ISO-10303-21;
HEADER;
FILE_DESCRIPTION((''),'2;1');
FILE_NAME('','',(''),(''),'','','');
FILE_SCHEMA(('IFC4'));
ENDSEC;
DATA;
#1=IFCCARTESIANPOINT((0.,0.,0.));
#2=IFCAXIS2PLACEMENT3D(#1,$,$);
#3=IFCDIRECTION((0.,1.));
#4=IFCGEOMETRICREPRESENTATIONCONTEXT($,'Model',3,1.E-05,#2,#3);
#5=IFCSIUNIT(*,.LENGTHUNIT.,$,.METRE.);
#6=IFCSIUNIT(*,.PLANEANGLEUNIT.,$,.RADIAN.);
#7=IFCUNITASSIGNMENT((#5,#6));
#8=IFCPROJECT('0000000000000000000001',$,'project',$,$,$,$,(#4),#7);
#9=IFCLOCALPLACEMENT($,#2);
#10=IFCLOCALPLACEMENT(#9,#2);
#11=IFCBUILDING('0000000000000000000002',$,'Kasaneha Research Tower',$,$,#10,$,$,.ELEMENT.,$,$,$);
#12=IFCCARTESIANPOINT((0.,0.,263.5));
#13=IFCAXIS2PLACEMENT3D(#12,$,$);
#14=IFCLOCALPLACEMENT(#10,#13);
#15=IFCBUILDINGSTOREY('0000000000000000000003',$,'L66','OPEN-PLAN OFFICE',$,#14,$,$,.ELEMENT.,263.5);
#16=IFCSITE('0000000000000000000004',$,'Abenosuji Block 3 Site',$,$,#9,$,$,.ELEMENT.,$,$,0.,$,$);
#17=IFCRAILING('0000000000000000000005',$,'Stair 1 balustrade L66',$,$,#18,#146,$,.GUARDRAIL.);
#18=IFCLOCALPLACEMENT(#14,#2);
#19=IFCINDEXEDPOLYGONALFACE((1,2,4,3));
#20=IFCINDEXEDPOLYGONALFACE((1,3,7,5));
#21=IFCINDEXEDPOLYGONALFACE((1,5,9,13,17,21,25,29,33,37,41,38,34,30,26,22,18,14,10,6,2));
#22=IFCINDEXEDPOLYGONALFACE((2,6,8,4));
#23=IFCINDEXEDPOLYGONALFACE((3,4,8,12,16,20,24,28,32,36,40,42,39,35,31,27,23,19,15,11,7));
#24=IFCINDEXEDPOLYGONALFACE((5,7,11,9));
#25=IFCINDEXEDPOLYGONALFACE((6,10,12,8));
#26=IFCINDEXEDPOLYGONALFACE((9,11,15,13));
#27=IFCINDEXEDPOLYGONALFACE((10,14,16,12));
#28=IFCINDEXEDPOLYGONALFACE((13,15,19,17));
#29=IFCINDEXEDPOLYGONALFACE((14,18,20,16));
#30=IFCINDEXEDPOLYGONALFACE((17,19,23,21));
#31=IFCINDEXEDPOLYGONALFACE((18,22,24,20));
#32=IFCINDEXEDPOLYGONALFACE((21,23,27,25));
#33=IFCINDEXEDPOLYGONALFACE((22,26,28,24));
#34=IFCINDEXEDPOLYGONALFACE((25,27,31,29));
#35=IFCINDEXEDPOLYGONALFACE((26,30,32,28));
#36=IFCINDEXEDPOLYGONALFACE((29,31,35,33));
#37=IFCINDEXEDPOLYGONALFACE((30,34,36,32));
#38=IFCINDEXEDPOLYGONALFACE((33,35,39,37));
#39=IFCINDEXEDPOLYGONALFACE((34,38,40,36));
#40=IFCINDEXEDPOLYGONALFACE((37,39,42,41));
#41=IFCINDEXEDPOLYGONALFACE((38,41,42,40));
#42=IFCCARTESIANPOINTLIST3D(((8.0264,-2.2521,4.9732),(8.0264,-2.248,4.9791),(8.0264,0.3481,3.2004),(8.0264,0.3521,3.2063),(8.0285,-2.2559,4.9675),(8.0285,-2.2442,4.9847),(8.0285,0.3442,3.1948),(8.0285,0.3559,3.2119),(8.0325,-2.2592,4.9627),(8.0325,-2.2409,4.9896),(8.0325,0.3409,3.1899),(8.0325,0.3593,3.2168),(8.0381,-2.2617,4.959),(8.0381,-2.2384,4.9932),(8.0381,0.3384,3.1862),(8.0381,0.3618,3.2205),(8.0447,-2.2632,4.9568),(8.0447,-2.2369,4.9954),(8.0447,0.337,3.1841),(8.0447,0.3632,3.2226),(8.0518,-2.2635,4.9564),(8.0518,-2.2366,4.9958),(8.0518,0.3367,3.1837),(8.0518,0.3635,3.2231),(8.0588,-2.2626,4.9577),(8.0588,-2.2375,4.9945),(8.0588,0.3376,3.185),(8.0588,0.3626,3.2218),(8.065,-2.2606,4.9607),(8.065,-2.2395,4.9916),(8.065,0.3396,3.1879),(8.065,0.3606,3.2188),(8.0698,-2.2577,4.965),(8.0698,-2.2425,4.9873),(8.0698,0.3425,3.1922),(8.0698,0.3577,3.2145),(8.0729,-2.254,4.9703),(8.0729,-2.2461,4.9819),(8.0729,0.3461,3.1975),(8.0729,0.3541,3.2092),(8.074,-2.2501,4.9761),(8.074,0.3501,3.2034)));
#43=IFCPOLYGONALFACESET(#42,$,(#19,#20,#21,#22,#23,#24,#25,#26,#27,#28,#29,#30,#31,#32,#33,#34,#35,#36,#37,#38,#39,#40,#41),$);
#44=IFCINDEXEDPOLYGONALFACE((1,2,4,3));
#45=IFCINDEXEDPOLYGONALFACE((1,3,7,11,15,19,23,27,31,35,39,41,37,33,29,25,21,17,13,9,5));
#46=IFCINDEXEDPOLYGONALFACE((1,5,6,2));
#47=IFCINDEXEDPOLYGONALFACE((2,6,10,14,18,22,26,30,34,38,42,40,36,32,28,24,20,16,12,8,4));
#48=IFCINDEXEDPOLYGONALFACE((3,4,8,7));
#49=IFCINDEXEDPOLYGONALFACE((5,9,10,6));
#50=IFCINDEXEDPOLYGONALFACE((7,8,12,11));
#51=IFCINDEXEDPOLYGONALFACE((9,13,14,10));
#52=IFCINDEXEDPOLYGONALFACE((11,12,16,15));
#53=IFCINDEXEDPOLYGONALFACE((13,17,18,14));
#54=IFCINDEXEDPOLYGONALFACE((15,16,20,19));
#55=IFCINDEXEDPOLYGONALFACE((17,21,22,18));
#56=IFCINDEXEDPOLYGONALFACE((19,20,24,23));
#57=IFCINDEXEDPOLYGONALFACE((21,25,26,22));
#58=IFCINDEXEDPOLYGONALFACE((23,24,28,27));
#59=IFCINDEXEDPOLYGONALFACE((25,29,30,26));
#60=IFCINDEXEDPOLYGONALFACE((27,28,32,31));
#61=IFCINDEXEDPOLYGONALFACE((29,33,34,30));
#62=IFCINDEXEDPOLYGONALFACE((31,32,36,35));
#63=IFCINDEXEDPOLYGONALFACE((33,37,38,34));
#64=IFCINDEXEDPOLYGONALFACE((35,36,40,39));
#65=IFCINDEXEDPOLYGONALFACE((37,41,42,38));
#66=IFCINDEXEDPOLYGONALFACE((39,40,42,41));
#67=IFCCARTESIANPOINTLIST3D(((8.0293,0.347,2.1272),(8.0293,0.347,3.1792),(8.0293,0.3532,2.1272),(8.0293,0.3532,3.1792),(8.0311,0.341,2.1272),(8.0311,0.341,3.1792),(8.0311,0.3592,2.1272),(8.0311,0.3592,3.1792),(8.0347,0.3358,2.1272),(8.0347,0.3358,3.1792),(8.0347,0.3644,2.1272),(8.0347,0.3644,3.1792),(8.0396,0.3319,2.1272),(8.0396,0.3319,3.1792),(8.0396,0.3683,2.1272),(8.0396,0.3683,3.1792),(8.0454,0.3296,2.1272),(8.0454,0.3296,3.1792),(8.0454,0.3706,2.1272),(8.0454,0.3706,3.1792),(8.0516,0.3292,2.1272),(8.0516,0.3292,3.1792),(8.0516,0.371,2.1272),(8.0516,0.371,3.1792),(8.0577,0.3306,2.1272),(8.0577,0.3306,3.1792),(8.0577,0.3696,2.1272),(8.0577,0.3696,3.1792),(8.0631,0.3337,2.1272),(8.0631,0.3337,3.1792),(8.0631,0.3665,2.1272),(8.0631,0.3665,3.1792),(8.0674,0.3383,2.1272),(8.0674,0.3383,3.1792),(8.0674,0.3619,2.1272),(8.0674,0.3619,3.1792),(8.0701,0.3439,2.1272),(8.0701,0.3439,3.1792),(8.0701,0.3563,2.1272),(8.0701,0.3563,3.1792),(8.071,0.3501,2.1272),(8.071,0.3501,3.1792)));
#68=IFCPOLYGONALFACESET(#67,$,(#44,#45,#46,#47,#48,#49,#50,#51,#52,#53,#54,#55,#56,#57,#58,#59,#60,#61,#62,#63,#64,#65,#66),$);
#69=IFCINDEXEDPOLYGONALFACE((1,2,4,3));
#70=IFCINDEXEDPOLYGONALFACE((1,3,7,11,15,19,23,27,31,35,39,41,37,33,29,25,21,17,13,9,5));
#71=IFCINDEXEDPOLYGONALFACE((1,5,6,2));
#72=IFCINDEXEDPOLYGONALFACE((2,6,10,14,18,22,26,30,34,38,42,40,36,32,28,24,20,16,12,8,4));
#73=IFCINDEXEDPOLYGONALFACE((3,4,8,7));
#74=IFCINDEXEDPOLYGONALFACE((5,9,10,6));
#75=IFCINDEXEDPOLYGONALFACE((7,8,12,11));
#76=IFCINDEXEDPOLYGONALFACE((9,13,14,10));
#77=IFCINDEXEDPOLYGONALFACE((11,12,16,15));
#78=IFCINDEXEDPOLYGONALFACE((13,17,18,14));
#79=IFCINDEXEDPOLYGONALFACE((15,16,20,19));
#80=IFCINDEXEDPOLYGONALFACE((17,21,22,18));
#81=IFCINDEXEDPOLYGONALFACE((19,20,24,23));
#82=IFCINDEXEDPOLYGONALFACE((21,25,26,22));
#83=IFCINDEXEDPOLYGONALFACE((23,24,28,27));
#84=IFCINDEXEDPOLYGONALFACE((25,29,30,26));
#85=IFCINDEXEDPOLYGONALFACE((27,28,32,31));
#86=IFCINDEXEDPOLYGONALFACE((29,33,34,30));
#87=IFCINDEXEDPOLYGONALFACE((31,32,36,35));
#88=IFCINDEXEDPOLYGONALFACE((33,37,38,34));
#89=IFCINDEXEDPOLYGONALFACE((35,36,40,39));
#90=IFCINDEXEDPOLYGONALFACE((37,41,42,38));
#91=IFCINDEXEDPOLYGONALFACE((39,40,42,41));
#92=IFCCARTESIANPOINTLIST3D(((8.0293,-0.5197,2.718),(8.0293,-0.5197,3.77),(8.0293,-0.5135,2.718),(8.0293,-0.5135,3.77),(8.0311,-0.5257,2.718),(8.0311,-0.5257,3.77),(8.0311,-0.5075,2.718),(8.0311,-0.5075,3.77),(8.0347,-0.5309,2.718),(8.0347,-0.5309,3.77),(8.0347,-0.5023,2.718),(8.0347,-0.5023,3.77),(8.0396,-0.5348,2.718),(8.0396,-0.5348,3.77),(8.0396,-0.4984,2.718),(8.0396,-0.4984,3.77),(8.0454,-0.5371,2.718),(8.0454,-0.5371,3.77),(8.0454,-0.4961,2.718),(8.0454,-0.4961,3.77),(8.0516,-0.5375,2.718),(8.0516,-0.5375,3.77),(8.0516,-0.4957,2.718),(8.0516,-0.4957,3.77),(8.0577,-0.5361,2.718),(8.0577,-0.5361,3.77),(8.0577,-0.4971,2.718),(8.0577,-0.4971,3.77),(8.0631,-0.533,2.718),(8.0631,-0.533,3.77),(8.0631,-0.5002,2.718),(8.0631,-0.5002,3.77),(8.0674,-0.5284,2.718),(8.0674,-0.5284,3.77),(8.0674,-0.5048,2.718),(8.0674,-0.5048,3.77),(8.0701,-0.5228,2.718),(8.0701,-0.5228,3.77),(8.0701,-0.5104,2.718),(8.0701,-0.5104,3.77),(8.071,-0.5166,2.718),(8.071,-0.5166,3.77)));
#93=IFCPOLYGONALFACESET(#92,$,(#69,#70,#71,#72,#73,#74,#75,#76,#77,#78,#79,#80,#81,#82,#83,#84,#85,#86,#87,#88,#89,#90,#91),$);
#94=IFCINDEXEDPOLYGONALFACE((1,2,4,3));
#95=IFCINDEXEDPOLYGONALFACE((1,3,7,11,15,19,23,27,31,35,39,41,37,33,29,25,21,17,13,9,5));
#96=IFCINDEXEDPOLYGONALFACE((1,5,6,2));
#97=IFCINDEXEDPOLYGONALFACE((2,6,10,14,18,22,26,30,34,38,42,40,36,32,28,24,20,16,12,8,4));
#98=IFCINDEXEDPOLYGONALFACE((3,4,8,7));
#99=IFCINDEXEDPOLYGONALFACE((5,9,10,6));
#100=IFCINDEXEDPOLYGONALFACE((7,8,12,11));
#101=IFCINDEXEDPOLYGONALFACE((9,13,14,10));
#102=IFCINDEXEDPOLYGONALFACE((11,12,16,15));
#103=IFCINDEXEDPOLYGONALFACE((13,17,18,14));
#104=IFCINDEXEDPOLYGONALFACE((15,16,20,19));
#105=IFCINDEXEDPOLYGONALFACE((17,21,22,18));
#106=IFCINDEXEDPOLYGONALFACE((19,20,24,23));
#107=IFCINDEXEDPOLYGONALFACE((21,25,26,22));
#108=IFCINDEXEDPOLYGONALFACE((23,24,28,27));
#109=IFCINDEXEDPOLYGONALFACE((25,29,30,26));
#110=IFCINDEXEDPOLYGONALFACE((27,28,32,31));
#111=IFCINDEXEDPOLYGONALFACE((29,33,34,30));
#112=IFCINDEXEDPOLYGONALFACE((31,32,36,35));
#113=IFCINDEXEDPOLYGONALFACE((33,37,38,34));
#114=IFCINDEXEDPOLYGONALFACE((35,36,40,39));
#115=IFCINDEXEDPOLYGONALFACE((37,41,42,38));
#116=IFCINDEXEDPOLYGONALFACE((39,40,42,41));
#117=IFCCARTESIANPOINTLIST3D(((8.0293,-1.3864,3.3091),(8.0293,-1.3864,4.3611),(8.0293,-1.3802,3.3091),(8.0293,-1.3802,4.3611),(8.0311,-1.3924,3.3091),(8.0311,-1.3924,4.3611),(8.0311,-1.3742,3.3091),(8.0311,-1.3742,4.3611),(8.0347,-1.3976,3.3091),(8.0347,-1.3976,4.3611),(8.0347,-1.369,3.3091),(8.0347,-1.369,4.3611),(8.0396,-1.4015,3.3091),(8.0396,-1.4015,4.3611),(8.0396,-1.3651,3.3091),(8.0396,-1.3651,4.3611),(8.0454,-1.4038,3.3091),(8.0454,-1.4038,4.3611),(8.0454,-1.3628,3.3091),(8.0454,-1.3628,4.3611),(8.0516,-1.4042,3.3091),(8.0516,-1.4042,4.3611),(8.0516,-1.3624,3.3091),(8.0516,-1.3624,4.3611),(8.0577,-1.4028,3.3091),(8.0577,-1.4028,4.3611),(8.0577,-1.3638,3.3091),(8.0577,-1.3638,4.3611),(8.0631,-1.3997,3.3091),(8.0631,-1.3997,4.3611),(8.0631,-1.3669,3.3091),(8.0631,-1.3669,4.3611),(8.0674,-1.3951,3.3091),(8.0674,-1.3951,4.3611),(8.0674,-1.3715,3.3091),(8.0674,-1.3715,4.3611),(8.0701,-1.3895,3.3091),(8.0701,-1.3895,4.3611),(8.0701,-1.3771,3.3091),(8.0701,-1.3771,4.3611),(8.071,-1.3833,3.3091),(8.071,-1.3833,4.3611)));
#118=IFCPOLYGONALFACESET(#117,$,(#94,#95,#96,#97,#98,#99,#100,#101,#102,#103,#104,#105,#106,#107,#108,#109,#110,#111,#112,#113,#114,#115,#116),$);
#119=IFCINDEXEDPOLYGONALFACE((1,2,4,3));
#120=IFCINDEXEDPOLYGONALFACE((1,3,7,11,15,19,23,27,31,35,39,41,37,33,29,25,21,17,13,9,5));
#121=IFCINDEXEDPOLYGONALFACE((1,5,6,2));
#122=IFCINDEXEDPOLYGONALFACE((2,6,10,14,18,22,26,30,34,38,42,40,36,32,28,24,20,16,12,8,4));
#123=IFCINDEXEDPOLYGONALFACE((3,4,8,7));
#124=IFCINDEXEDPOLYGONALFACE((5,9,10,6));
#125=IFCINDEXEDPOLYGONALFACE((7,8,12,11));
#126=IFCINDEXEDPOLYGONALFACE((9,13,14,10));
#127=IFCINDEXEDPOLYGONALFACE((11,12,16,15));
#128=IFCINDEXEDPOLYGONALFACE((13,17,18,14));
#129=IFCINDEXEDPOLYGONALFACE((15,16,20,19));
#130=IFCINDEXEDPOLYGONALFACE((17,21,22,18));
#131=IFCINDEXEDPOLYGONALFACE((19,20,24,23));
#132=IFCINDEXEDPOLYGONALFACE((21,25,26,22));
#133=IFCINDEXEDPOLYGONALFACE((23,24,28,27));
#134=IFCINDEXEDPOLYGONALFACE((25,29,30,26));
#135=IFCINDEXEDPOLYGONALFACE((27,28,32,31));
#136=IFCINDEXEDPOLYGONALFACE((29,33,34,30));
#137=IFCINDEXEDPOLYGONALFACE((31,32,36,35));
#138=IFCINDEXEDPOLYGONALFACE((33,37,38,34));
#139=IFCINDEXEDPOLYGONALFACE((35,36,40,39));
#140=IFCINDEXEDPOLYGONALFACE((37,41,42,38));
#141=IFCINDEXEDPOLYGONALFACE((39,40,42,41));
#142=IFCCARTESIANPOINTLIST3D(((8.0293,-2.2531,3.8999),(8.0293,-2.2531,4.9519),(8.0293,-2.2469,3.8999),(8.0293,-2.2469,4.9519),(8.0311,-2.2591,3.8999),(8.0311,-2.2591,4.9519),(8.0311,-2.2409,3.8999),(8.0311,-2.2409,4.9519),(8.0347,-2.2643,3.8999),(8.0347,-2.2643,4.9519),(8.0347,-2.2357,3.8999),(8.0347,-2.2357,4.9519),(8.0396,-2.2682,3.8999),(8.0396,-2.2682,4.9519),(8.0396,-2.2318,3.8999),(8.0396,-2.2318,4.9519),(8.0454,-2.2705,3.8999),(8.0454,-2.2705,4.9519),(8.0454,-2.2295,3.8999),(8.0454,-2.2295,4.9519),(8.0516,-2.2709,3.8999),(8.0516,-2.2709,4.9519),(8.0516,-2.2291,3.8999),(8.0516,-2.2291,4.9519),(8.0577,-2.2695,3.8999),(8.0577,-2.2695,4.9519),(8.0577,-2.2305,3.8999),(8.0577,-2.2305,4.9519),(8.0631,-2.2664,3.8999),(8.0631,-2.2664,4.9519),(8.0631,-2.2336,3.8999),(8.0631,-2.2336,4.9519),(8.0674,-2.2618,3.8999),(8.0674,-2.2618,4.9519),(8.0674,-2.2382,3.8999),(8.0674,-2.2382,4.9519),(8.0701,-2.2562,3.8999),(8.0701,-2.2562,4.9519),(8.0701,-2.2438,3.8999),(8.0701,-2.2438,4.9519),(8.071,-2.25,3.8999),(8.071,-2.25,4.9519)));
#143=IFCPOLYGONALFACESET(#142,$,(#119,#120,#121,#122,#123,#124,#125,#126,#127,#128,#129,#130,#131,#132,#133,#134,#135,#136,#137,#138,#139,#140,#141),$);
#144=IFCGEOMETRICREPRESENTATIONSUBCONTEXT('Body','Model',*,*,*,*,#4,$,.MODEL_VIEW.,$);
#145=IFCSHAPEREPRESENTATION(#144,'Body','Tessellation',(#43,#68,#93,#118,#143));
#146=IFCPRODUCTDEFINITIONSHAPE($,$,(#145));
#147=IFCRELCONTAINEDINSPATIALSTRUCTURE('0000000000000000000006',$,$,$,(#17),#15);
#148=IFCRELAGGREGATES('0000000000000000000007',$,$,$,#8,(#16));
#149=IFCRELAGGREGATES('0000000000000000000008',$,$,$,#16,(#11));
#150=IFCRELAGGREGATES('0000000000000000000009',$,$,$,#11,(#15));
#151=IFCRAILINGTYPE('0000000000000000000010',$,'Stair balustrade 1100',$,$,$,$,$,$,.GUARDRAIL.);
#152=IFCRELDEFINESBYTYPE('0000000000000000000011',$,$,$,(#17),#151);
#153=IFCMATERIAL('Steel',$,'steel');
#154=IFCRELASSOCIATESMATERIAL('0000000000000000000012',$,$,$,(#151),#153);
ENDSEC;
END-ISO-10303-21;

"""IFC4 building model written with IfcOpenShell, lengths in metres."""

from ifc_helpers import new_model, si_unit, direction, frame, origin, origin_2d, place, context, subcontext, project, spatial, circle, extrude, material, type_object, element, save


model = new_model("IFC4")

# Units and contexts
model_context = context("Model", 3, precision=1e-05, world=origin(), true_north=direction((0.0, 1.0)))
body_context = subcontext(model_context, "Body", "Model", "MODEL_VIEW")
ifc_project = project(units=[si_unit("LENGTHUNIT", "METRE"), si_unit("PLANEANGLEUNIT", "RADIAN")], contexts=[model_context])

# Site, building, storey
site_placement = place(None, origin())
site = spatial("IfcSite", under=ifc_project, at=site_placement, Name="Abenosuji Block 3 Site", CompositionType="ELEMENT", RefElevation=0.0)
building_placement = place(site_placement, origin())
building = spatial("IfcBuilding", under=site, at=building_placement, Name="Kasaneha Research Tower", CompositionType="ELEMENT")
storey_placement = place(building_placement, frame((0.0, 0.0, 263.5)))
storey = spatial("IfcBuildingStorey", under=building, at=storey_placement, Name="L66", Description="OPEN-PLAN OFFICE", CompositionType="ELEMENT", Elevation=263.5)

# Railing
ifc_material_1 = material(Name="Steel", Category="steel")
railing_type_1 = type_object("IfcRailingType", Name="Stair balustrade 1100", PredefinedType="GUARDRAIL", material=ifc_material_1)
railing_1_placement = place(storey_placement, frame((8.05, 0.3501, 2.1272)))
element("IfcRailing", 1, at=railing_1_placement, inside=storey, type_object=railing_type_1, Name="Stair 1 balustrade L66", PredefinedType="GUARDRAIL", context=body_context, shape_type="SweptSolid", body=[
    extrude(circle(Radius=0.0239, at=origin_2d()), frame((0.0, 0.0, 1.0762), z_axis=(0.0, -0.82624, 0.563318), x_axis=(1.0, 0.0, 0.0)), (0.0, 0.0, 1.0), 3.147),
    extrude(circle(Radius=0.021, at=origin_2d()), origin(), (0.0, 0.0, 1.0), 1.052),
    extrude(circle(Radius=0.021, at=origin_2d()), frame((0.0, -0.8667, 0.5908)), (0.0, 0.0, 1.0), 1.052),
    extrude(circle(Radius=0.021, at=origin_2d()), frame((0.0, -1.7334, 1.1819)), (0.0, 0.0, 1.0), 1.052),
    extrude(circle(Radius=0.021, at=origin_2d()), frame((0.0, -2.6001, 1.7727)), (0.0, 0.0, 1.0), 1.052),
])

save(model, "model.ifc")
